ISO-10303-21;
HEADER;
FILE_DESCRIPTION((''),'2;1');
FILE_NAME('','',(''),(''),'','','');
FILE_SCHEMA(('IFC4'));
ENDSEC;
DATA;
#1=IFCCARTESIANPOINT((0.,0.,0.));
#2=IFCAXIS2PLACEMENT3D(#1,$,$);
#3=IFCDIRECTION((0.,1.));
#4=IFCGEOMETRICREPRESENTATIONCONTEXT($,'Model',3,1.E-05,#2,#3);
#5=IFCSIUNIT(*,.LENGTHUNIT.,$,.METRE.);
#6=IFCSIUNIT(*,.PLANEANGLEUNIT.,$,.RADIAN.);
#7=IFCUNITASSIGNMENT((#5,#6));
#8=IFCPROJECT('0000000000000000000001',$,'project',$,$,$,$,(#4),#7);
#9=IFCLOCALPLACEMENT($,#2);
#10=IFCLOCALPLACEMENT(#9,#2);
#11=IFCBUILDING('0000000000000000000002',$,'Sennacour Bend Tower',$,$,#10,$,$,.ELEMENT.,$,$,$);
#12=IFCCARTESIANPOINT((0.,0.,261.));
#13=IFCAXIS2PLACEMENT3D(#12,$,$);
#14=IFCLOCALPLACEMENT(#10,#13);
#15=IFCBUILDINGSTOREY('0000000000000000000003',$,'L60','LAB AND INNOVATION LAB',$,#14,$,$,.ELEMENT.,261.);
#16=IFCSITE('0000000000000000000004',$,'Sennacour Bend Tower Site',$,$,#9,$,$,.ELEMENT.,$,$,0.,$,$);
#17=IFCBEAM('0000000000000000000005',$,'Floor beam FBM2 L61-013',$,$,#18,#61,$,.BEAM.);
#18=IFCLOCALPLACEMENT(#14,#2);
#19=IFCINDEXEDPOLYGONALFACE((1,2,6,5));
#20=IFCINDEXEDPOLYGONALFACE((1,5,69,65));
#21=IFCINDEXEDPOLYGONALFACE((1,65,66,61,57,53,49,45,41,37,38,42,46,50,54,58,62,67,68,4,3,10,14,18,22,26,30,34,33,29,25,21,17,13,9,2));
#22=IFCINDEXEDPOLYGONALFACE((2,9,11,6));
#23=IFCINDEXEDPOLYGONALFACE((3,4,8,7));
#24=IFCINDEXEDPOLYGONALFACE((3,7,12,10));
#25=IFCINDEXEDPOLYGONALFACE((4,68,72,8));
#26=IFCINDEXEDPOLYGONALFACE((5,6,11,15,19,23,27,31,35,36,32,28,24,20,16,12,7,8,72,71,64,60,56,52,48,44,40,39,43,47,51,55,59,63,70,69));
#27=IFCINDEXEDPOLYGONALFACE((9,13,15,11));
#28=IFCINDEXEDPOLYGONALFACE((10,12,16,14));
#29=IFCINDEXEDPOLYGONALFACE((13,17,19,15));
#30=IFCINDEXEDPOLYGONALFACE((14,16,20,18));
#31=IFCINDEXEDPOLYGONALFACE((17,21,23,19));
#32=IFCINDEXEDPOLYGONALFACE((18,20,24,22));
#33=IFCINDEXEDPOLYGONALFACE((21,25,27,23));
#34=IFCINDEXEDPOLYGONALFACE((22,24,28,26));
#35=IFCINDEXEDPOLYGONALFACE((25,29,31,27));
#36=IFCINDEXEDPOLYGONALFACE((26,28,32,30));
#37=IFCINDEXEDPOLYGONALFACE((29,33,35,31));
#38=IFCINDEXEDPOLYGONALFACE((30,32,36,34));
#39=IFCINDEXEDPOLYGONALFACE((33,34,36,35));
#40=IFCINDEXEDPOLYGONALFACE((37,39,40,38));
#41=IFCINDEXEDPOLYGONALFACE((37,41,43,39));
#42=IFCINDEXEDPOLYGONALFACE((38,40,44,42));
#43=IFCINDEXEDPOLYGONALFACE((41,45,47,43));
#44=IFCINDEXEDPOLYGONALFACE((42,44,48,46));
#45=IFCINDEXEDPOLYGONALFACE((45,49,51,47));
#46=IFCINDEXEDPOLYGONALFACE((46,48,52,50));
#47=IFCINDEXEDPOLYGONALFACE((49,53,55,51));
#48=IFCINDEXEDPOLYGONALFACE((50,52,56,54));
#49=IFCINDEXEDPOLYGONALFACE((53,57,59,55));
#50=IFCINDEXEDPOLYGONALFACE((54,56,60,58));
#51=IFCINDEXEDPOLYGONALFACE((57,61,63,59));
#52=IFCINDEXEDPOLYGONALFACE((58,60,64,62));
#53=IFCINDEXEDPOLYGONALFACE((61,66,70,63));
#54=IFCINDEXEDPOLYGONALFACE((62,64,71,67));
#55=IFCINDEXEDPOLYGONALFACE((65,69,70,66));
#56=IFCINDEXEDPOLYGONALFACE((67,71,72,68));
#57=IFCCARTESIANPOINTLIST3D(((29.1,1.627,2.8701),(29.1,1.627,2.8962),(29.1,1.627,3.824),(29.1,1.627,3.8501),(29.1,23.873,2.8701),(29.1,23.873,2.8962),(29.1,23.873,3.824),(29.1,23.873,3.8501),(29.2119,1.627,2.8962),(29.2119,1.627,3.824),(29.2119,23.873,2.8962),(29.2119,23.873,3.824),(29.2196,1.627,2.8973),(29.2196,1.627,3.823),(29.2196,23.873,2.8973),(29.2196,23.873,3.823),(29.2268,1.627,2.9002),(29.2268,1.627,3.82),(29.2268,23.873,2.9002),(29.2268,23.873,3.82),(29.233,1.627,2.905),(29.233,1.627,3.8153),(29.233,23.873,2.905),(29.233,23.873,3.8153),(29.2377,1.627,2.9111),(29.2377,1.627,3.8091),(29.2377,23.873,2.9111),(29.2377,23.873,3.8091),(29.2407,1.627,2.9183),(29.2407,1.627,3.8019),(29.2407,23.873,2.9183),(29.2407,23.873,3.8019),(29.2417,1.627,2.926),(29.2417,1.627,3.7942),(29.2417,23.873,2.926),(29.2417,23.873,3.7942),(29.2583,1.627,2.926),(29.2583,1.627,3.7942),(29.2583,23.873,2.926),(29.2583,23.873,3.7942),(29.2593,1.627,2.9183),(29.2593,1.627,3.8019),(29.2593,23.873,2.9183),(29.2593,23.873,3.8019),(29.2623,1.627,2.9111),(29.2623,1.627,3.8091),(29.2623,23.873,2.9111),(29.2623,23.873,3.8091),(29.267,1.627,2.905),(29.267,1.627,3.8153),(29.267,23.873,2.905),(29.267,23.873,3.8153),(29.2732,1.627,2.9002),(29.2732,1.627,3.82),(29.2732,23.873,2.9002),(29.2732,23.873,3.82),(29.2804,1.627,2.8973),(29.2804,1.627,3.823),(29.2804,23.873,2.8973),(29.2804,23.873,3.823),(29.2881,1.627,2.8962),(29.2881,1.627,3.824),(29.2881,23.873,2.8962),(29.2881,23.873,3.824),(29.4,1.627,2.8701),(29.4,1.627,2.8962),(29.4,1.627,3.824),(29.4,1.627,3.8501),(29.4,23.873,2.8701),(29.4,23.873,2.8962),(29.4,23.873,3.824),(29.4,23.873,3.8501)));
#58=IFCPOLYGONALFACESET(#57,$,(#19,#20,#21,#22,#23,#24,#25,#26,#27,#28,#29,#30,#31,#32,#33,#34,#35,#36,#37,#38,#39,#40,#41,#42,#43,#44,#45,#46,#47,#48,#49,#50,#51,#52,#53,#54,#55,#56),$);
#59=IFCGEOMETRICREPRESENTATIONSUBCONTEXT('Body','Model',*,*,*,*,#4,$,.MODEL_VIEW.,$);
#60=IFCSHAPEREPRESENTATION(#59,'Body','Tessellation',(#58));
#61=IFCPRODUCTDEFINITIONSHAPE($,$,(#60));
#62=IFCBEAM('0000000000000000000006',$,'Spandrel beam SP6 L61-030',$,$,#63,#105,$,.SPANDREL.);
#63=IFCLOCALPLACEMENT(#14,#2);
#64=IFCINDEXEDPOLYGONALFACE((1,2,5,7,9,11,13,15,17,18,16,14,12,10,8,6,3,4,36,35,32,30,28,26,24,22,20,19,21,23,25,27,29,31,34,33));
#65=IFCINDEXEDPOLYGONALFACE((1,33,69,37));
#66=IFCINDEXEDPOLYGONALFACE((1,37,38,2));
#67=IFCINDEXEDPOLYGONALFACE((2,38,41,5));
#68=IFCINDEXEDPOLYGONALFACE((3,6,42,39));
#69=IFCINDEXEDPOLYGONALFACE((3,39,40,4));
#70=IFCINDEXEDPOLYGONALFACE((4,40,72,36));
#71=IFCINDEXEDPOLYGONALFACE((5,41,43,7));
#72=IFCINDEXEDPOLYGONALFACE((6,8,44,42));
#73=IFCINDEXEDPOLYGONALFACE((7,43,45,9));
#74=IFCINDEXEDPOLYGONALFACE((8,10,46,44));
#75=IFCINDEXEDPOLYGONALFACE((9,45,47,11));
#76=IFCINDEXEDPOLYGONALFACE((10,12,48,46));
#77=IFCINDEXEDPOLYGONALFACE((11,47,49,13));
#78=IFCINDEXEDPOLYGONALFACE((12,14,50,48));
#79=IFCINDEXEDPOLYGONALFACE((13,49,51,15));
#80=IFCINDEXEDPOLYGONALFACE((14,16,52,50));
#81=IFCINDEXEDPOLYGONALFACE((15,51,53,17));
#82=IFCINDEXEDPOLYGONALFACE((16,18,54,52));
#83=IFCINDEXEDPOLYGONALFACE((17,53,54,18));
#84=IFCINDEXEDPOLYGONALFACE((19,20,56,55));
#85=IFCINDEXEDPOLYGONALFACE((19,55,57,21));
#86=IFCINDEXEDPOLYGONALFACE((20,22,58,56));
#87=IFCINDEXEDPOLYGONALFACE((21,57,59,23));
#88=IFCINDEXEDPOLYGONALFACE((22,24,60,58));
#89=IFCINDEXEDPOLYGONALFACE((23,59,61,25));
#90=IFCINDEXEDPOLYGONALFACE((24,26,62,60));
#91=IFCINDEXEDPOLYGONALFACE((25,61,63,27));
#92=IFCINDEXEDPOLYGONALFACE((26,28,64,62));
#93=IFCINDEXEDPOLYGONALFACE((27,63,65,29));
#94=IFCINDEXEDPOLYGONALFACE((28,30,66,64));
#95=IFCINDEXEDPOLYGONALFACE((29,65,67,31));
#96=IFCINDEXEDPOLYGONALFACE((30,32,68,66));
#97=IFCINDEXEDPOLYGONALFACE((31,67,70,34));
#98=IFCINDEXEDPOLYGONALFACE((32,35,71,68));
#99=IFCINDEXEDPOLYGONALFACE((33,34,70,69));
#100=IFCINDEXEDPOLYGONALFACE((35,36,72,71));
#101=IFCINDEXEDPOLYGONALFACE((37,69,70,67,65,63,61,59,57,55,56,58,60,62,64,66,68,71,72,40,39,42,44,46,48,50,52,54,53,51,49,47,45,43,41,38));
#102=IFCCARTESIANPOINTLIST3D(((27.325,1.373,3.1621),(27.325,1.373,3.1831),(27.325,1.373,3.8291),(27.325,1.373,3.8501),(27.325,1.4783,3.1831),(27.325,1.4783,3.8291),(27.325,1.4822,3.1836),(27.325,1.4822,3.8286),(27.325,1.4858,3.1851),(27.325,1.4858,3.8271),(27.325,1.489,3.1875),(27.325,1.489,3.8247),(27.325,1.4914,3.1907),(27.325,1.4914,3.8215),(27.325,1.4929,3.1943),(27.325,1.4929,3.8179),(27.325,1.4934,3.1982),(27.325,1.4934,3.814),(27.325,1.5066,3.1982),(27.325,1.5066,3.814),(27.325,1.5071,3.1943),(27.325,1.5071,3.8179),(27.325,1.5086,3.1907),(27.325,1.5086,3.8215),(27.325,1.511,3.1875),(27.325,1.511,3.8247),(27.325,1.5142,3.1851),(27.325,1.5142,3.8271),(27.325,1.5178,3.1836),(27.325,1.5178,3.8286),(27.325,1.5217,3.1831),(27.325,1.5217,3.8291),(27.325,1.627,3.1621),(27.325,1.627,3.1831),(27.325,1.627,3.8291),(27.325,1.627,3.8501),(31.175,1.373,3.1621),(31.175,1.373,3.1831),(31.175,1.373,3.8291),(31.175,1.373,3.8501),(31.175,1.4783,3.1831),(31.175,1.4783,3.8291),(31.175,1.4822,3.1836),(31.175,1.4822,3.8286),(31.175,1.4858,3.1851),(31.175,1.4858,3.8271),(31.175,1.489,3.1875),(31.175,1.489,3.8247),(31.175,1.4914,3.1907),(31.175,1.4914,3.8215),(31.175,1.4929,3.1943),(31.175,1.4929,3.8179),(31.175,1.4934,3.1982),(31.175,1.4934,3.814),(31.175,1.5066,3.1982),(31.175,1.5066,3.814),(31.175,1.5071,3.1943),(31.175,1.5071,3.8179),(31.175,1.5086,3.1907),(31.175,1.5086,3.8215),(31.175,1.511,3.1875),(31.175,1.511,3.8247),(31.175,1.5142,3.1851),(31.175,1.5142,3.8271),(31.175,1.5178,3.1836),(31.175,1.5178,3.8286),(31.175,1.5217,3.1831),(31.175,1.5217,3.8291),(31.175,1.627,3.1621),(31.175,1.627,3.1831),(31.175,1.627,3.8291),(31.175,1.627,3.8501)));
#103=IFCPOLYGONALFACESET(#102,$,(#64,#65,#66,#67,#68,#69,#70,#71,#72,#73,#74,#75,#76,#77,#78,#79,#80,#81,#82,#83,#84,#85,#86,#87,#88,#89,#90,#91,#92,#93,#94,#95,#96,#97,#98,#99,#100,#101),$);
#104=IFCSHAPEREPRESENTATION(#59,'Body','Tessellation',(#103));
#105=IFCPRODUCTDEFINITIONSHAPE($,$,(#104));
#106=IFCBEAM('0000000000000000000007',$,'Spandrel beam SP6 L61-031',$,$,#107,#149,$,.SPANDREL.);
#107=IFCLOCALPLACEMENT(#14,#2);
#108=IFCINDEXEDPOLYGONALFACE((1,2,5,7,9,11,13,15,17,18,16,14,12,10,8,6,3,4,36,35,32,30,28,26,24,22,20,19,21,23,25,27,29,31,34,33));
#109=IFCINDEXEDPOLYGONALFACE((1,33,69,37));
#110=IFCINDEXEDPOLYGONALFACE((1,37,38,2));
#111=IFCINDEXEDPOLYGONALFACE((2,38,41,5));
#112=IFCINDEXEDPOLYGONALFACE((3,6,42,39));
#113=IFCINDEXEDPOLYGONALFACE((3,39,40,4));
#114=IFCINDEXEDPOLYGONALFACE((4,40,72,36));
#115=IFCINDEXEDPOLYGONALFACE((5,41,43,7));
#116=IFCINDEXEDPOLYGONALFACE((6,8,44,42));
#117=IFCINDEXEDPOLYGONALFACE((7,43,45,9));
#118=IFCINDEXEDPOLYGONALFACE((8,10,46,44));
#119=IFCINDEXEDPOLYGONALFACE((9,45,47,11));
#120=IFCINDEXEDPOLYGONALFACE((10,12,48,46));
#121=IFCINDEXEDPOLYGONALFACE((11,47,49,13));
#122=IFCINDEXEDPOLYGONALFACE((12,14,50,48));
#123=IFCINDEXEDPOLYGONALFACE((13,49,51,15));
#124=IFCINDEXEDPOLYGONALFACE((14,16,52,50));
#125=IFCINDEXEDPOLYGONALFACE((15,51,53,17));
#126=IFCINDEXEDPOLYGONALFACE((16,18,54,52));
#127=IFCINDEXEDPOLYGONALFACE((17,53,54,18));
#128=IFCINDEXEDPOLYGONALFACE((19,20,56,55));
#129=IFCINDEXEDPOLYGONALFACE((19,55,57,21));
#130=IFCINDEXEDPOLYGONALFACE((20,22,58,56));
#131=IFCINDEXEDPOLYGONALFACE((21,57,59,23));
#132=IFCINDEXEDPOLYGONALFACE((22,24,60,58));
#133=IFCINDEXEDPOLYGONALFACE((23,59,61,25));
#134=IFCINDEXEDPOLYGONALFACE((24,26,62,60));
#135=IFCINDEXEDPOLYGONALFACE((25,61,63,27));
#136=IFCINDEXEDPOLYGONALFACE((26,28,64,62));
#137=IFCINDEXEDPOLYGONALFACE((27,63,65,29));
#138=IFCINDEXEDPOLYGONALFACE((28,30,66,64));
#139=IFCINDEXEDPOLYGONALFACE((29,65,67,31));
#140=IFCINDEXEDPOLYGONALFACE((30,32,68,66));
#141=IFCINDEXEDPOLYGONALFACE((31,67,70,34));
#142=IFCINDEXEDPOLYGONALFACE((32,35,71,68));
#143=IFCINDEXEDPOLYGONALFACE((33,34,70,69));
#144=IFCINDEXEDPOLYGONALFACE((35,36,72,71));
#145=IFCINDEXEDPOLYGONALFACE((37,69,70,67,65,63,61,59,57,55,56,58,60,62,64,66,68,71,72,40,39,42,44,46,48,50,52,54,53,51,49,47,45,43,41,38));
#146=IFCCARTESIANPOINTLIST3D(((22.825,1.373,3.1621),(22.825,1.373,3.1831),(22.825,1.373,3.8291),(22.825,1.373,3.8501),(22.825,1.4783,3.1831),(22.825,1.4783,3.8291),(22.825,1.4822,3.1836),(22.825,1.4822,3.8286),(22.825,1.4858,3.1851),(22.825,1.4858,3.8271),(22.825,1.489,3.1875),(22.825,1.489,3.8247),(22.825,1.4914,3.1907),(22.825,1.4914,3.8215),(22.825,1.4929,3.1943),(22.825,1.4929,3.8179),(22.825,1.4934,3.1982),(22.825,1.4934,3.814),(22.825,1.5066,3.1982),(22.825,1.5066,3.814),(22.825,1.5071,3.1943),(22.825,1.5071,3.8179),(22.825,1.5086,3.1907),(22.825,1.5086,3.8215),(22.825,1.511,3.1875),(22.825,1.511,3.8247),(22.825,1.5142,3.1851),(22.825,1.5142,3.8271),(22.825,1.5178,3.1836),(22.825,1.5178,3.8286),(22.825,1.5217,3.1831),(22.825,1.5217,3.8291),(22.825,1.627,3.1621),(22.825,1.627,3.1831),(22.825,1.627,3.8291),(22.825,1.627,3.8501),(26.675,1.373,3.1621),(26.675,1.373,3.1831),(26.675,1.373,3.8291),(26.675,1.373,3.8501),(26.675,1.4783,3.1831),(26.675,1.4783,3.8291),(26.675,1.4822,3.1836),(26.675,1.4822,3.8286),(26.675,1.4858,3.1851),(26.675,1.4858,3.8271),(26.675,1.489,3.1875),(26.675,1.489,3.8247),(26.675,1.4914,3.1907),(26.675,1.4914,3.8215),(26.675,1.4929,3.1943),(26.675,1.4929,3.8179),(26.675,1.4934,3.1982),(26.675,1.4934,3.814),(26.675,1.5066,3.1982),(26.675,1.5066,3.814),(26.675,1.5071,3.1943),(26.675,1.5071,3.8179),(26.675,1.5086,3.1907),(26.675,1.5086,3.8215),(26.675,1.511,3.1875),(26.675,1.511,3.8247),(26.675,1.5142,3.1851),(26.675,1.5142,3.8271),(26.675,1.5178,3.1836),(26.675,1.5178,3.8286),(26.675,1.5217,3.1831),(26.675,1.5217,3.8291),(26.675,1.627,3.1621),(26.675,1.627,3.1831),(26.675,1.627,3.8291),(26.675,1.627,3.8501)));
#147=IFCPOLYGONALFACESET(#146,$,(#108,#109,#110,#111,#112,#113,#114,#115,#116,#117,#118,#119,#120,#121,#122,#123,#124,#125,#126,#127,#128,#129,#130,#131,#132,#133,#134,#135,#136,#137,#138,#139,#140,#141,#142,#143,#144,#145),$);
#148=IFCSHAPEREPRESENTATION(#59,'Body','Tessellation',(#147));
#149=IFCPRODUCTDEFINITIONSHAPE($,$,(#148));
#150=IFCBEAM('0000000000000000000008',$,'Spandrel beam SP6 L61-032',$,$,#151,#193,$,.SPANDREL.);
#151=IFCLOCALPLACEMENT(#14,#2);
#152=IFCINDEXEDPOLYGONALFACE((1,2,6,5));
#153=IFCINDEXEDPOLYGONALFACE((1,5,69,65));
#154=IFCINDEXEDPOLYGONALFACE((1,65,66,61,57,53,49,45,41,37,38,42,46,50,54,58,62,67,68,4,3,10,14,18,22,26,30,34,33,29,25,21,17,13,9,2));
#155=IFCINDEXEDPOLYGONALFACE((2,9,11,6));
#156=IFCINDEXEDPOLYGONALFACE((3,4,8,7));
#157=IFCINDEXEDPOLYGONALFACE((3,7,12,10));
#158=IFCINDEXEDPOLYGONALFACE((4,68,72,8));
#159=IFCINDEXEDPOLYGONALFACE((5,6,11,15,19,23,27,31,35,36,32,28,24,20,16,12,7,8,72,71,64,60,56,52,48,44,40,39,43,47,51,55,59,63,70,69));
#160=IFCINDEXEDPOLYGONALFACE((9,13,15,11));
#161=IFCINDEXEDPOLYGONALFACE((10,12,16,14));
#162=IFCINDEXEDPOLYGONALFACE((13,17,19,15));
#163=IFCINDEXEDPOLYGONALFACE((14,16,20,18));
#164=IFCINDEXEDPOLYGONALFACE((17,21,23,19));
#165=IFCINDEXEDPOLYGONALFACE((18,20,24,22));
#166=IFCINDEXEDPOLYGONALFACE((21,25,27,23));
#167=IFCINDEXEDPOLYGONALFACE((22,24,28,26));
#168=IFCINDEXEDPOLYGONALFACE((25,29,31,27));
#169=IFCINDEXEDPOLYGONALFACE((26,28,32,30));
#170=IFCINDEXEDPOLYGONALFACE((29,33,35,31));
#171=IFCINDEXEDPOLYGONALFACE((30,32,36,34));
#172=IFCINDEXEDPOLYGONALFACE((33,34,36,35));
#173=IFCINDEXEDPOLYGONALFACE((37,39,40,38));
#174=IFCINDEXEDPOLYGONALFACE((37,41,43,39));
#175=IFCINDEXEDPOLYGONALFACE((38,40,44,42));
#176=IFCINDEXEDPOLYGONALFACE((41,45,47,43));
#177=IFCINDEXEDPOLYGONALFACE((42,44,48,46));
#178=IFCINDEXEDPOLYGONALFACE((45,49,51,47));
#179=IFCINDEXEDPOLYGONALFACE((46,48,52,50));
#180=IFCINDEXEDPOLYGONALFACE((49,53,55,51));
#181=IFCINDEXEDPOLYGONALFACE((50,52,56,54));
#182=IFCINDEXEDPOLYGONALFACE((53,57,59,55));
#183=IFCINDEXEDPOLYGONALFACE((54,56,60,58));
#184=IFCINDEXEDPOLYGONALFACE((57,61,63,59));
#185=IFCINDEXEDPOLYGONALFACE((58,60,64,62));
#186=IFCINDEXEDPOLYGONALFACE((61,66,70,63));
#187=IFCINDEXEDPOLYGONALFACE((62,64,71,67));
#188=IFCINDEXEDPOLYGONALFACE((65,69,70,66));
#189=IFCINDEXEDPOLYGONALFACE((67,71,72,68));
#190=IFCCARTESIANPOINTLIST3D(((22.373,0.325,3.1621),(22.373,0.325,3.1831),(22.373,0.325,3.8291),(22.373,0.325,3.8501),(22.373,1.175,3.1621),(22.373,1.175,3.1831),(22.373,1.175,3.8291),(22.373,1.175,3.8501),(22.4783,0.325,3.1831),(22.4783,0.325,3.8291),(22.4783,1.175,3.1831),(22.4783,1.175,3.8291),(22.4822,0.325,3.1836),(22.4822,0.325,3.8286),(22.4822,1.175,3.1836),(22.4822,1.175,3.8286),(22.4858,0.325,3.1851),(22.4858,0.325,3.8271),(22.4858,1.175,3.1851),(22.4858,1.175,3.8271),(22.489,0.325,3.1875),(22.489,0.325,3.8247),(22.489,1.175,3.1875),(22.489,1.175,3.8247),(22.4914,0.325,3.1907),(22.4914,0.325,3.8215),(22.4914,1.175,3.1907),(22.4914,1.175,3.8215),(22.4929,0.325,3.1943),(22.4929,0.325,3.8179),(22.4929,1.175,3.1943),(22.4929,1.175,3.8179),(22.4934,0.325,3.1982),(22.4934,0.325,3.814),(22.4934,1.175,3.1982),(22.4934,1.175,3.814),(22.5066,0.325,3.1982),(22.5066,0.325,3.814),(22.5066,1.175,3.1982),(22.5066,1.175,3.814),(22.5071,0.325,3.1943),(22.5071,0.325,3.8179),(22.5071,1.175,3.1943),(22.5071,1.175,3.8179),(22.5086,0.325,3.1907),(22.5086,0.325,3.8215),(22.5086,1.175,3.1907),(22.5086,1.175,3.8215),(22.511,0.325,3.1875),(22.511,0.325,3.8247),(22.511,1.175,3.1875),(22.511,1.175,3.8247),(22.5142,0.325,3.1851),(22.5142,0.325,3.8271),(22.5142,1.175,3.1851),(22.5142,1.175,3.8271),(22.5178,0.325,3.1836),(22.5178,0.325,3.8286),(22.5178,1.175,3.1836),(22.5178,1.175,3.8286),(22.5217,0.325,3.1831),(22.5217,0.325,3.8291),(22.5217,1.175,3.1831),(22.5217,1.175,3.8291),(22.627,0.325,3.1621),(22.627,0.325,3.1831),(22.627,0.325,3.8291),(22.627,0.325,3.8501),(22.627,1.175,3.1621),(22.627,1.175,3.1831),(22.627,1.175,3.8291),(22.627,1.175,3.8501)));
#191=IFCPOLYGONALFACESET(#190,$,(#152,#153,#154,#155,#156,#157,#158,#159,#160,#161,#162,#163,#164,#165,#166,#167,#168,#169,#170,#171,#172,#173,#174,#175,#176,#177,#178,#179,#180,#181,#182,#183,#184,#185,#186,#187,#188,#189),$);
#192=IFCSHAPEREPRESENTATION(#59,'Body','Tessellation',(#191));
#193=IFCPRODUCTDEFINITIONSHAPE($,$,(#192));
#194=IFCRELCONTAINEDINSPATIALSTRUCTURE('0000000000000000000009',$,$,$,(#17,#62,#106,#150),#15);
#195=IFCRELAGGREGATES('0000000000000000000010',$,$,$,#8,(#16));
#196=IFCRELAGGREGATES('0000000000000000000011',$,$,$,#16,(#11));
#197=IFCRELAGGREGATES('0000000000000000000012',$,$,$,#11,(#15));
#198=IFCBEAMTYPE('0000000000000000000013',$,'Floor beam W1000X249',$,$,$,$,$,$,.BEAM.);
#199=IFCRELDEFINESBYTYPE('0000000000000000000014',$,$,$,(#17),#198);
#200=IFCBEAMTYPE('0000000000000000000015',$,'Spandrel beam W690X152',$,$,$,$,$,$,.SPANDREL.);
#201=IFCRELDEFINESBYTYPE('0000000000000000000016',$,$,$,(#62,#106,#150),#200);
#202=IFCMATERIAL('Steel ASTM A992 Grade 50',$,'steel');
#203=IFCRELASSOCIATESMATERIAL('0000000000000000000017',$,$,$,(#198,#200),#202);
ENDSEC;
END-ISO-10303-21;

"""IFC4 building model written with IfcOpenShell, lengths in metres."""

from ifc_helpers import new_model, si_unit, direction, frame, origin, origin_2d, place, context, subcontext, project, spatial, i_section, extrude, material, material_profile, profile_set, type_object, element, save


model = new_model("IFC4")

# Units and contexts
model_context = context("Model", 3, precision=1e-05, world=origin(), true_north=direction((0.0, 1.0)))
body_context = subcontext(model_context, "Body", "Model", "MODEL_VIEW")
ifc_project = project(units=[si_unit("LENGTHUNIT", "METRE"), si_unit("PLANEANGLEUNIT", "RADIAN")], contexts=[model_context])

# Site, building, storey
site_placement = place(None, origin())
site = spatial("IfcSite", under=ifc_project, at=site_placement, Name="Sennacour Bend Tower Site", CompositionType="ELEMENT", RefElevation=0.0)
building_placement = place(site_placement, origin())
building = spatial("IfcBuilding", under=site, at=building_placement, Name="Sennacour Bend Tower", CompositionType="ELEMENT")
storey_placement = place(building_placement, frame((0.0, 0.0, 261.0)))
storey = spatial("IfcBuildingStorey", under=building, at=storey_placement, Name="L60", Description="LAB AND INNOVATION LAB", CompositionType="ELEMENT", Elevation=261.0)

# Beams
ifc_material_1 = material(Name="Steel ASTM A992 Grade 50", Category="steel")
ifc_material_profile_1 = material_profile(ifc_material_1, i_section(OverallWidth=0.3, OverallDepth=0.98, WebThickness=0.0166, FlangeThickness=0.0261, FilletRadius=0.0298, at=origin_2d()), Name="Steel ASTM A992 Grade 50", Category="steel")
ifc_profile_set_1 = profile_set([ifc_material_profile_1], Name="Steel ASTM A992 Grade 50")
beam_type_1 = type_object("IfcBeamType", Name="Floor beam W1000X249", PredefinedType="BEAM", material=ifc_profile_set_1)
for number, where, z_axis, x_axis, name in (
    (1, (29.25, 1.627, 3.3601), (0.0, 1.0, 0.0), (-1.0, 0.0, 0.0), "Floor beam FBM2 L61-013"),
):
    element("IfcBeam", number, at=place(storey_placement, frame(where, z_axis=z_axis, x_axis=x_axis)), inside=storey, type_object=beam_type_1, Name=name, PredefinedType="BEAM", context=body_context, shape_type="SweptSolid", body=[
        extrude(i_section(OverallWidth=0.3, OverallDepth=0.98, WebThickness=0.0166, FlangeThickness=0.0261, FilletRadius=0.0298, at=origin_2d()), origin(), (0.0, 0.0, 1.0), 22.2461),
    ])
ifc_material_profile_2 = material_profile(ifc_material_1, i_section(OverallWidth=0.2539, OverallDepth=0.688, WebThickness=0.0132, FlangeThickness=0.021, FilletRadius=0.0151, at=origin_2d()), Name="Steel ASTM A992 Grade 50", Category="steel")
ifc_profile_set_2 = profile_set([ifc_material_profile_2], Name="Steel ASTM A992 Grade 50")
beam_type_2 = type_object("IfcBeamType", Name="Spandrel beam W690X152", PredefinedType="SPANDREL", material=ifc_profile_set_2)
for number, where, z_axis, x_axis, name in (
    (2, (31.175, 1.5, 3.5061), (-1.0, 0.0, 0.0), (0.0, -1.0, 0.0), "Spandrel beam SP6 L61-030"),
    (3, (26.675, 1.5, 3.5061), (-1.0, 0.0, 0.0), (0.0, -1.0, 0.0), "Spandrel beam SP6 L61-031"),
):
    element("IfcBeam", number, at=place(storey_placement, frame(where, z_axis=z_axis, x_axis=x_axis)), inside=storey, type_object=beam_type_2, Name=name, PredefinedType="SPANDREL", context=body_context, shape_type="SweptSolid", body=[
        extrude(i_section(OverallWidth=0.2539, OverallDepth=0.688, WebThickness=0.0132, FlangeThickness=0.021, FilletRadius=0.0151, at=origin_2d()), origin(), (0.0, 0.0, 1.0), 3.8501),
    ])
beam_1_placement = place(storey_placement, frame((22.5, 1.175, 3.5061), z_axis=(0.0, -1.0, 0.0), x_axis=(1.0, 0.0, 0.0)))
element("IfcBeam", 4, at=beam_1_placement, inside=storey, type_object=beam_type_2, Name="Spandrel beam SP6 L61-032", PredefinedType="SPANDREL", context=body_context, shape_type="SweptSolid", body=[
    extrude(i_section(OverallWidth=0.2539, OverallDepth=0.688, WebThickness=0.0132, FlangeThickness=0.021, FilletRadius=0.0151, at=origin_2d()), origin(), (0.0, 0.0, 1.0), 0.8501),
])

save(model, "model.ifc")
